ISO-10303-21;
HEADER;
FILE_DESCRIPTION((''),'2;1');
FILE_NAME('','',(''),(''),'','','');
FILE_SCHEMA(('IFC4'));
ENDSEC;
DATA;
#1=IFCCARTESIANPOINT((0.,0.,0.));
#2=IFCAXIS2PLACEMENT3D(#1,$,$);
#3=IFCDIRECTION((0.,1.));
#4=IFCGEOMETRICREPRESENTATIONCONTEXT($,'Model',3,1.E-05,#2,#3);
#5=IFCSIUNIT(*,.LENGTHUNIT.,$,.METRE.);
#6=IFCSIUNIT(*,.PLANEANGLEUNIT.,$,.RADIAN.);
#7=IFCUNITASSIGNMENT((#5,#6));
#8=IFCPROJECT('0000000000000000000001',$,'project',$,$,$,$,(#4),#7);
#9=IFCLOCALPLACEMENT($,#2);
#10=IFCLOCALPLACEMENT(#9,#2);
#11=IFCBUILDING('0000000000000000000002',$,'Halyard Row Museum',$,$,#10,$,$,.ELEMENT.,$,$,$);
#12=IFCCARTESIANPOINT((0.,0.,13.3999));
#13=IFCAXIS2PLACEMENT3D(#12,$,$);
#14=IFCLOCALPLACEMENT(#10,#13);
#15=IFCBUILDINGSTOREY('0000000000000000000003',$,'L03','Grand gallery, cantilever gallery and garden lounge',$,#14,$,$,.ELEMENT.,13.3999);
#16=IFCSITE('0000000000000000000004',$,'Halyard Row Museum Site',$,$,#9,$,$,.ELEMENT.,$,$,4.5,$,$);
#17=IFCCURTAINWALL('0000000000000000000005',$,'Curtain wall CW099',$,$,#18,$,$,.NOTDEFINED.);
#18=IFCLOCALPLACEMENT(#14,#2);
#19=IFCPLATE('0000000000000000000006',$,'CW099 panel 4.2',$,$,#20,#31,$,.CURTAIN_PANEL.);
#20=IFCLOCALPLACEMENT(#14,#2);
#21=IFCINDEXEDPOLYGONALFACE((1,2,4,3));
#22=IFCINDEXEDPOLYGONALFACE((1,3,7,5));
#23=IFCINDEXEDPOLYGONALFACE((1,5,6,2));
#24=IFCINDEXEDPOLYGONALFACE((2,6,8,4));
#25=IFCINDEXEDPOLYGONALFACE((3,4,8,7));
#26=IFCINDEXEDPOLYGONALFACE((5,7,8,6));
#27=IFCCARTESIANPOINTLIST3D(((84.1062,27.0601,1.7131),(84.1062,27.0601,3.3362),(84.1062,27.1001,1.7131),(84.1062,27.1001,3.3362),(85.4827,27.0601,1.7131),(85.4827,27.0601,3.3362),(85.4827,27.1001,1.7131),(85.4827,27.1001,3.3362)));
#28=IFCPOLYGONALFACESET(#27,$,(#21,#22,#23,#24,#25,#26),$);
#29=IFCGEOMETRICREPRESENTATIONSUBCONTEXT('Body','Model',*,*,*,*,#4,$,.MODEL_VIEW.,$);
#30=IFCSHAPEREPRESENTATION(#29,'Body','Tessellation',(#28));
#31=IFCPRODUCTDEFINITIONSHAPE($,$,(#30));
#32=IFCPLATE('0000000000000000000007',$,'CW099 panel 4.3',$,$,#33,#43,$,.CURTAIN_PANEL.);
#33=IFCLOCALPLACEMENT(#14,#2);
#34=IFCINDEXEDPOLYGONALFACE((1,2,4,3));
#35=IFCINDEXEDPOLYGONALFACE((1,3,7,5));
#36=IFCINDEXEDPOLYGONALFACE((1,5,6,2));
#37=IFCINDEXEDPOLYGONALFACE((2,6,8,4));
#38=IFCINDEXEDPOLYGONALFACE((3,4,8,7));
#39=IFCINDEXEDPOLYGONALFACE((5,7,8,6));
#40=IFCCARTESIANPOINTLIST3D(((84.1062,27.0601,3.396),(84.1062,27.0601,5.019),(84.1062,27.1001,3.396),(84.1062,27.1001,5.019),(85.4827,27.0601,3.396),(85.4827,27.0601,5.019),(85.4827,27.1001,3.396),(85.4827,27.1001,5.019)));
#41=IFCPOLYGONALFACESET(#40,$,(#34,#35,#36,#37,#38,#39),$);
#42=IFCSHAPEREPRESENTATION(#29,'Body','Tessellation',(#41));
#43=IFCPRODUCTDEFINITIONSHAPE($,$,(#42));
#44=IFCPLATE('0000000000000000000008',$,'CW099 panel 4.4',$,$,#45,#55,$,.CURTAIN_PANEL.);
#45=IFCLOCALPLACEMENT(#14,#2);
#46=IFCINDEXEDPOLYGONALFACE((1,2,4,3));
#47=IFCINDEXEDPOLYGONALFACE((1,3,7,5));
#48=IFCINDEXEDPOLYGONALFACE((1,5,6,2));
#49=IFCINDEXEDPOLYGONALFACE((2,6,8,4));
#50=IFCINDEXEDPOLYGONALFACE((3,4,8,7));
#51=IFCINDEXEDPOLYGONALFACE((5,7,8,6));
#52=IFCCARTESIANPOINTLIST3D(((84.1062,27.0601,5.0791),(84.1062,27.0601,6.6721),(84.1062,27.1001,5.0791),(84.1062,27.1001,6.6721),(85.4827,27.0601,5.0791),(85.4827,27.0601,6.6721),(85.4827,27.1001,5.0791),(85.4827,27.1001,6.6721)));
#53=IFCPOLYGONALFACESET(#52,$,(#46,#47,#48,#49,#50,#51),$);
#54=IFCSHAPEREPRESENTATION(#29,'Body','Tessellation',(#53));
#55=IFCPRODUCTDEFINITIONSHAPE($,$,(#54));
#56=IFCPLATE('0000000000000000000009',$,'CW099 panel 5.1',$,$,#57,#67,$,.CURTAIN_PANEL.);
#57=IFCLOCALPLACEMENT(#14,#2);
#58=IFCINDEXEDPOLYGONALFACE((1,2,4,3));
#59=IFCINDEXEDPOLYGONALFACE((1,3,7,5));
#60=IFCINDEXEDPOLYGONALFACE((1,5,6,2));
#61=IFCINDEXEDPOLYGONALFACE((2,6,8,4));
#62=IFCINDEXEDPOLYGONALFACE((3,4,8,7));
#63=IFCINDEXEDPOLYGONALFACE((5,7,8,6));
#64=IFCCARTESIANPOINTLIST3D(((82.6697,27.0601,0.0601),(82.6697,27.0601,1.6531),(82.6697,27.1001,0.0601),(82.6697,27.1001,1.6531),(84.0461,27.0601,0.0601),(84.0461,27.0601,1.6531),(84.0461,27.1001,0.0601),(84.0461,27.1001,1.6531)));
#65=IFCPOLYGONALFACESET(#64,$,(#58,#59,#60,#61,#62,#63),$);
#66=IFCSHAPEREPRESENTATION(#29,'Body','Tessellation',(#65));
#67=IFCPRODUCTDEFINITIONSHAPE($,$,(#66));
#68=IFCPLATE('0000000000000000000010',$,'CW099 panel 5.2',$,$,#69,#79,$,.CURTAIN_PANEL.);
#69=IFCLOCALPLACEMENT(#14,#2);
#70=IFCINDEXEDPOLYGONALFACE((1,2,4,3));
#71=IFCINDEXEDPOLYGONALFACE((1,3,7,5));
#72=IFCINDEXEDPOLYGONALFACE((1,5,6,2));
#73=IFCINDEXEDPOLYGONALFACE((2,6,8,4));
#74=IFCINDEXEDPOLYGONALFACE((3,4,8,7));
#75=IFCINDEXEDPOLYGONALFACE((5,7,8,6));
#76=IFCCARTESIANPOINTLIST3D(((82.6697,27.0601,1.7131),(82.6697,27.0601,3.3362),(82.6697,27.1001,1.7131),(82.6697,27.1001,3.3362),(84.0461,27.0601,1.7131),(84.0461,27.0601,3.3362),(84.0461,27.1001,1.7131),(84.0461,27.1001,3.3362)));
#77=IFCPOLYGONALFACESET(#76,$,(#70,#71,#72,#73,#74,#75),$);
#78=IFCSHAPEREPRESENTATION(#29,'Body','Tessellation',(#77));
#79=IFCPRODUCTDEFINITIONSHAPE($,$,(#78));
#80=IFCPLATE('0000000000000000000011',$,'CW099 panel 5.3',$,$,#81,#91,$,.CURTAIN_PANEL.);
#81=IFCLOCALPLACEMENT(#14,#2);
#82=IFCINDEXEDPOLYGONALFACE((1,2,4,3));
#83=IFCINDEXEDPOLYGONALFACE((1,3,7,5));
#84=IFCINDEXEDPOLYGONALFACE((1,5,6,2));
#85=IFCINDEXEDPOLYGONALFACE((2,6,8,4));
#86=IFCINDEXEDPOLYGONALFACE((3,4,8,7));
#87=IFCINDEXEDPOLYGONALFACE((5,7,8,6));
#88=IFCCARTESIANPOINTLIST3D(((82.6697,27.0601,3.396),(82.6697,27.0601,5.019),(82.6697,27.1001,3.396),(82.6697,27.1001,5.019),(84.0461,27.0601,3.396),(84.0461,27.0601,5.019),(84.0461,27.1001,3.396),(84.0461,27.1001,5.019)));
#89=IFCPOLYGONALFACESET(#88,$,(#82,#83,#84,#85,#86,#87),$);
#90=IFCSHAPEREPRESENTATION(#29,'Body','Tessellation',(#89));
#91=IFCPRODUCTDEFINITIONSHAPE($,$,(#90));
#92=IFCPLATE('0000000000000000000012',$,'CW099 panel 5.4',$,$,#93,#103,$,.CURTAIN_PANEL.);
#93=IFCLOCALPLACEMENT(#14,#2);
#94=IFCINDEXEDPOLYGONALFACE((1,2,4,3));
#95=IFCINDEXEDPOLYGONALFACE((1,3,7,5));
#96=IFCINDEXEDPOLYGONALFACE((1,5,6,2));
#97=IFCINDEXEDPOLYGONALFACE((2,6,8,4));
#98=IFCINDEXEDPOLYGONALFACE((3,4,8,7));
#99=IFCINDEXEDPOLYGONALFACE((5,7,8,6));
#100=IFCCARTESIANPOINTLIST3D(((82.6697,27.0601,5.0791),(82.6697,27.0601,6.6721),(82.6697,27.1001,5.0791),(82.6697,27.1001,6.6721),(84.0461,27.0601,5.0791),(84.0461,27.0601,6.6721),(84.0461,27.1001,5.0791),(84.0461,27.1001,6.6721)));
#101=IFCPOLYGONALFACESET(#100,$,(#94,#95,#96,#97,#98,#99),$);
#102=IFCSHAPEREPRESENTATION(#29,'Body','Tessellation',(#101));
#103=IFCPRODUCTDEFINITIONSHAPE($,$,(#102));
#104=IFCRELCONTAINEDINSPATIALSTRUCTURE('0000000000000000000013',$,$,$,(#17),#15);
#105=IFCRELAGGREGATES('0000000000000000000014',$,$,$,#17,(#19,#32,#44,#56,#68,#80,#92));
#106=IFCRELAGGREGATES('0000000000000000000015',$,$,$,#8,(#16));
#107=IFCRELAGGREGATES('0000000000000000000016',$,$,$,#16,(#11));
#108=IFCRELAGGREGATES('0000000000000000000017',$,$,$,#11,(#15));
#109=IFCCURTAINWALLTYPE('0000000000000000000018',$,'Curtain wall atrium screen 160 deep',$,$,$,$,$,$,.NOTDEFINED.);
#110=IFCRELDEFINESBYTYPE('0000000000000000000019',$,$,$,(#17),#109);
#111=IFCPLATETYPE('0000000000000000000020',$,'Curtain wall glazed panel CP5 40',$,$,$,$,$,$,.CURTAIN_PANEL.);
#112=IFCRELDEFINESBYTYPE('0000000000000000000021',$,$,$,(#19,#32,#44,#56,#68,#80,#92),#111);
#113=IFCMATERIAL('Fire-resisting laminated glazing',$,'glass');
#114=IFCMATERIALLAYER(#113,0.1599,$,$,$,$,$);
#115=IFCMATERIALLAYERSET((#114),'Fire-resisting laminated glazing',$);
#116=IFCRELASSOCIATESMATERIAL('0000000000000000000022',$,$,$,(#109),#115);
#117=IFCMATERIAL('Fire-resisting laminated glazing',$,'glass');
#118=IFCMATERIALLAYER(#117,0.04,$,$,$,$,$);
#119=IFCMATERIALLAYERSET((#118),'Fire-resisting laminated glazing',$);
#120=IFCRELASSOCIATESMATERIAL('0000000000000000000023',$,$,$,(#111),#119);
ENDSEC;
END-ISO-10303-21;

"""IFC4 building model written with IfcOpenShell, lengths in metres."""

from ifc_helpers import new_model, si_unit, direction, frame, origin, origin_2d, place, context, subcontext, project, spatial, rectangle, extrude, material, layer, layer_set, type_object, element, aggregate, save


model = new_model("IFC4")

# Units and contexts
model_context = context("Model", 3, precision=1e-05, world=origin(), true_north=direction((0.0, 1.0)))
body_context = subcontext(model_context, "Body", "Model", "MODEL_VIEW")
ifc_project = project(units=[si_unit("LENGTHUNIT", "METRE"), si_unit("PLANEANGLEUNIT", "RADIAN")], contexts=[model_context])

# Site, building, storey
site_placement = place(None, origin())
site = spatial("IfcSite", under=ifc_project, at=site_placement, Name="Halyard Row Museum Site", CompositionType="ELEMENT", RefElevation=4.5)
building_placement = place(site_placement, origin())
building = spatial("IfcBuilding", under=site, at=building_placement, Name="Halyard Row Museum", CompositionType="ELEMENT")
storey_placement = place(building_placement, frame((0.0, 0.0, 13.3999)))
storey = spatial("IfcBuildingStorey", under=building, at=storey_placement, Name="L03", Description="Grand gallery, cantilever gallery and garden lounge", CompositionType="ELEMENT", Elevation=13.3999)

# Curtain wall
ifc_material_1 = material(Name="Fire-resisting laminated glazing", Category="glass")
ifc_layer_1 = layer(ifc_material_1, 0.1599)
ifc_layer_set_1 = layer_set([ifc_layer_1], Name="Fire-resisting laminated glazing")
curtain_wall_type = type_object("IfcCurtainWallType", Name="Curtain wall atrium screen 160 deep", PredefinedType="NOTDEFINED", material=ifc_layer_set_1)
curtain_wall_placement = place(storey_placement, origin())
curtain_wall = element("IfcCurtainWall", 1, at=curtain_wall_placement, inside=storey, type_object=curtain_wall_type, Name="Curtain wall CW099", PredefinedType="NOTDEFINED")

# Plates
ifc_material_2 = material(Name="Fire-resisting laminated glazing", Category="glass")
ifc_layer_2 = layer(ifc_material_2, 0.04)
ifc_layer_set_2 = layer_set([ifc_layer_2], Name="Fire-resisting laminated glazing")
plate_type = type_object("IfcPlateType", Name="Curtain wall glazed panel CP5 40", PredefinedType="CURTAIN_PANEL", material=ifc_layer_set_2)
plate_1_placement = place(storey_placement, frame((84.7944, 27.0801, 1.7131), z_axis=(0.0, 0.0, 1.0), x_axis=(-1.0, 0.0, 0.0)))
plate_1 = element("IfcPlate", 2, at=plate_1_placement, type_object=plate_type, Name="CW099 panel 4.2", PredefinedType="CURTAIN_PANEL", context=body_context, shape_type="SweptSolid", body=[
    extrude(rectangle(XDim=1.3765, YDim=0.04, at=origin_2d()), origin(), (0.0, 0.0, 1.0), 1.623),
])
plate_2_placement = place(storey_placement, frame((84.7944, 27.0801, 3.396), z_axis=(0.0, 0.0, 1.0), x_axis=(-1.0, 0.0, 0.0)))
plate_2 = element("IfcPlate", 3, at=plate_2_placement, type_object=plate_type, Name="CW099 panel 4.3", PredefinedType="CURTAIN_PANEL", context=body_context, shape_type="SweptSolid", body=[
    extrude(rectangle(XDim=1.3765, YDim=0.04, at=origin_2d()), origin(), (0.0, 0.0, 1.0), 1.623),
])
plate_3_placement = place(storey_placement, frame((84.7944, 27.0801, 5.0791), z_axis=(0.0, 0.0, 1.0), x_axis=(-1.0, 0.0, 0.0)))
plate_3 = element("IfcPlate", 4, at=plate_3_placement, type_object=plate_type, Name="CW099 panel 4.4", PredefinedType="CURTAIN_PANEL", context=body_context, shape_type="SweptSolid", body=[
    extrude(rectangle(XDim=1.3765, YDim=0.04, at=origin_2d()), origin(), (0.0, 0.0, 1.0), 1.593),
])
plate_4_placement = place(storey_placement, frame((83.3579, 27.0801, 0.0601), z_axis=(0.0, 0.0, 1.0), x_axis=(-1.0, 0.0, 0.0)))
plate_4 = element("IfcPlate", 5, at=plate_4_placement, type_object=plate_type, Name="CW099 panel 5.1", PredefinedType="CURTAIN_PANEL", context=body_context, shape_type="SweptSolid", body=[
    extrude(rectangle(XDim=1.3765, YDim=0.04, at=origin_2d()), origin(), (0.0, 0.0, 1.0), 1.593),
])
plate_5_placement = place(storey_placement, frame((83.3579, 27.0801, 1.7131), z_axis=(0.0, 0.0, 1.0), x_axis=(-1.0, 0.0, 0.0)))
plate_5 = element("IfcPlate", 6, at=plate_5_placement, type_object=plate_type, Name="CW099 panel 5.2", PredefinedType="CURTAIN_PANEL", context=body_context, shape_type="SweptSolid", body=[
    extrude(rectangle(XDim=1.3765, YDim=0.04, at=origin_2d()), origin(), (0.0, 0.0, 1.0), 1.623),
])
plate_6_placement = place(storey_placement, frame((83.3579, 27.0801, 3.396), z_axis=(0.0, 0.0, 1.0), x_axis=(-1.0, 0.0, 0.0)))
plate_6 = element("IfcPlate", 7, at=plate_6_placement, type_object=plate_type, Name="CW099 panel 5.3", PredefinedType="CURTAIN_PANEL", context=body_context, shape_type="SweptSolid", body=[
    extrude(rectangle(XDim=1.3765, YDim=0.04, at=origin_2d()), origin(), (0.0, 0.0, 1.0), 1.623),
])
plate_7_placement = place(storey_placement, frame((83.3579, 27.0801, 5.0791), z_axis=(0.0, 0.0, 1.0), x_axis=(-1.0, 0.0, 0.0)))
plate_7 = element("IfcPlate", 8, at=plate_7_placement, type_object=plate_type, Name="CW099 panel 5.4", PredefinedType="CURTAIN_PANEL", context=body_context, shape_type="SweptSolid", body=[
    extrude(rectangle(XDim=1.3765, YDim=0.04, at=origin_2d()), origin(), (0.0, 0.0, 1.0), 1.593),
])
aggregate(curtain_wall, [plate_1, plate_2, plate_3, plate_4, plate_5, plate_6, plate_7])

save(model, "model.ifc")
